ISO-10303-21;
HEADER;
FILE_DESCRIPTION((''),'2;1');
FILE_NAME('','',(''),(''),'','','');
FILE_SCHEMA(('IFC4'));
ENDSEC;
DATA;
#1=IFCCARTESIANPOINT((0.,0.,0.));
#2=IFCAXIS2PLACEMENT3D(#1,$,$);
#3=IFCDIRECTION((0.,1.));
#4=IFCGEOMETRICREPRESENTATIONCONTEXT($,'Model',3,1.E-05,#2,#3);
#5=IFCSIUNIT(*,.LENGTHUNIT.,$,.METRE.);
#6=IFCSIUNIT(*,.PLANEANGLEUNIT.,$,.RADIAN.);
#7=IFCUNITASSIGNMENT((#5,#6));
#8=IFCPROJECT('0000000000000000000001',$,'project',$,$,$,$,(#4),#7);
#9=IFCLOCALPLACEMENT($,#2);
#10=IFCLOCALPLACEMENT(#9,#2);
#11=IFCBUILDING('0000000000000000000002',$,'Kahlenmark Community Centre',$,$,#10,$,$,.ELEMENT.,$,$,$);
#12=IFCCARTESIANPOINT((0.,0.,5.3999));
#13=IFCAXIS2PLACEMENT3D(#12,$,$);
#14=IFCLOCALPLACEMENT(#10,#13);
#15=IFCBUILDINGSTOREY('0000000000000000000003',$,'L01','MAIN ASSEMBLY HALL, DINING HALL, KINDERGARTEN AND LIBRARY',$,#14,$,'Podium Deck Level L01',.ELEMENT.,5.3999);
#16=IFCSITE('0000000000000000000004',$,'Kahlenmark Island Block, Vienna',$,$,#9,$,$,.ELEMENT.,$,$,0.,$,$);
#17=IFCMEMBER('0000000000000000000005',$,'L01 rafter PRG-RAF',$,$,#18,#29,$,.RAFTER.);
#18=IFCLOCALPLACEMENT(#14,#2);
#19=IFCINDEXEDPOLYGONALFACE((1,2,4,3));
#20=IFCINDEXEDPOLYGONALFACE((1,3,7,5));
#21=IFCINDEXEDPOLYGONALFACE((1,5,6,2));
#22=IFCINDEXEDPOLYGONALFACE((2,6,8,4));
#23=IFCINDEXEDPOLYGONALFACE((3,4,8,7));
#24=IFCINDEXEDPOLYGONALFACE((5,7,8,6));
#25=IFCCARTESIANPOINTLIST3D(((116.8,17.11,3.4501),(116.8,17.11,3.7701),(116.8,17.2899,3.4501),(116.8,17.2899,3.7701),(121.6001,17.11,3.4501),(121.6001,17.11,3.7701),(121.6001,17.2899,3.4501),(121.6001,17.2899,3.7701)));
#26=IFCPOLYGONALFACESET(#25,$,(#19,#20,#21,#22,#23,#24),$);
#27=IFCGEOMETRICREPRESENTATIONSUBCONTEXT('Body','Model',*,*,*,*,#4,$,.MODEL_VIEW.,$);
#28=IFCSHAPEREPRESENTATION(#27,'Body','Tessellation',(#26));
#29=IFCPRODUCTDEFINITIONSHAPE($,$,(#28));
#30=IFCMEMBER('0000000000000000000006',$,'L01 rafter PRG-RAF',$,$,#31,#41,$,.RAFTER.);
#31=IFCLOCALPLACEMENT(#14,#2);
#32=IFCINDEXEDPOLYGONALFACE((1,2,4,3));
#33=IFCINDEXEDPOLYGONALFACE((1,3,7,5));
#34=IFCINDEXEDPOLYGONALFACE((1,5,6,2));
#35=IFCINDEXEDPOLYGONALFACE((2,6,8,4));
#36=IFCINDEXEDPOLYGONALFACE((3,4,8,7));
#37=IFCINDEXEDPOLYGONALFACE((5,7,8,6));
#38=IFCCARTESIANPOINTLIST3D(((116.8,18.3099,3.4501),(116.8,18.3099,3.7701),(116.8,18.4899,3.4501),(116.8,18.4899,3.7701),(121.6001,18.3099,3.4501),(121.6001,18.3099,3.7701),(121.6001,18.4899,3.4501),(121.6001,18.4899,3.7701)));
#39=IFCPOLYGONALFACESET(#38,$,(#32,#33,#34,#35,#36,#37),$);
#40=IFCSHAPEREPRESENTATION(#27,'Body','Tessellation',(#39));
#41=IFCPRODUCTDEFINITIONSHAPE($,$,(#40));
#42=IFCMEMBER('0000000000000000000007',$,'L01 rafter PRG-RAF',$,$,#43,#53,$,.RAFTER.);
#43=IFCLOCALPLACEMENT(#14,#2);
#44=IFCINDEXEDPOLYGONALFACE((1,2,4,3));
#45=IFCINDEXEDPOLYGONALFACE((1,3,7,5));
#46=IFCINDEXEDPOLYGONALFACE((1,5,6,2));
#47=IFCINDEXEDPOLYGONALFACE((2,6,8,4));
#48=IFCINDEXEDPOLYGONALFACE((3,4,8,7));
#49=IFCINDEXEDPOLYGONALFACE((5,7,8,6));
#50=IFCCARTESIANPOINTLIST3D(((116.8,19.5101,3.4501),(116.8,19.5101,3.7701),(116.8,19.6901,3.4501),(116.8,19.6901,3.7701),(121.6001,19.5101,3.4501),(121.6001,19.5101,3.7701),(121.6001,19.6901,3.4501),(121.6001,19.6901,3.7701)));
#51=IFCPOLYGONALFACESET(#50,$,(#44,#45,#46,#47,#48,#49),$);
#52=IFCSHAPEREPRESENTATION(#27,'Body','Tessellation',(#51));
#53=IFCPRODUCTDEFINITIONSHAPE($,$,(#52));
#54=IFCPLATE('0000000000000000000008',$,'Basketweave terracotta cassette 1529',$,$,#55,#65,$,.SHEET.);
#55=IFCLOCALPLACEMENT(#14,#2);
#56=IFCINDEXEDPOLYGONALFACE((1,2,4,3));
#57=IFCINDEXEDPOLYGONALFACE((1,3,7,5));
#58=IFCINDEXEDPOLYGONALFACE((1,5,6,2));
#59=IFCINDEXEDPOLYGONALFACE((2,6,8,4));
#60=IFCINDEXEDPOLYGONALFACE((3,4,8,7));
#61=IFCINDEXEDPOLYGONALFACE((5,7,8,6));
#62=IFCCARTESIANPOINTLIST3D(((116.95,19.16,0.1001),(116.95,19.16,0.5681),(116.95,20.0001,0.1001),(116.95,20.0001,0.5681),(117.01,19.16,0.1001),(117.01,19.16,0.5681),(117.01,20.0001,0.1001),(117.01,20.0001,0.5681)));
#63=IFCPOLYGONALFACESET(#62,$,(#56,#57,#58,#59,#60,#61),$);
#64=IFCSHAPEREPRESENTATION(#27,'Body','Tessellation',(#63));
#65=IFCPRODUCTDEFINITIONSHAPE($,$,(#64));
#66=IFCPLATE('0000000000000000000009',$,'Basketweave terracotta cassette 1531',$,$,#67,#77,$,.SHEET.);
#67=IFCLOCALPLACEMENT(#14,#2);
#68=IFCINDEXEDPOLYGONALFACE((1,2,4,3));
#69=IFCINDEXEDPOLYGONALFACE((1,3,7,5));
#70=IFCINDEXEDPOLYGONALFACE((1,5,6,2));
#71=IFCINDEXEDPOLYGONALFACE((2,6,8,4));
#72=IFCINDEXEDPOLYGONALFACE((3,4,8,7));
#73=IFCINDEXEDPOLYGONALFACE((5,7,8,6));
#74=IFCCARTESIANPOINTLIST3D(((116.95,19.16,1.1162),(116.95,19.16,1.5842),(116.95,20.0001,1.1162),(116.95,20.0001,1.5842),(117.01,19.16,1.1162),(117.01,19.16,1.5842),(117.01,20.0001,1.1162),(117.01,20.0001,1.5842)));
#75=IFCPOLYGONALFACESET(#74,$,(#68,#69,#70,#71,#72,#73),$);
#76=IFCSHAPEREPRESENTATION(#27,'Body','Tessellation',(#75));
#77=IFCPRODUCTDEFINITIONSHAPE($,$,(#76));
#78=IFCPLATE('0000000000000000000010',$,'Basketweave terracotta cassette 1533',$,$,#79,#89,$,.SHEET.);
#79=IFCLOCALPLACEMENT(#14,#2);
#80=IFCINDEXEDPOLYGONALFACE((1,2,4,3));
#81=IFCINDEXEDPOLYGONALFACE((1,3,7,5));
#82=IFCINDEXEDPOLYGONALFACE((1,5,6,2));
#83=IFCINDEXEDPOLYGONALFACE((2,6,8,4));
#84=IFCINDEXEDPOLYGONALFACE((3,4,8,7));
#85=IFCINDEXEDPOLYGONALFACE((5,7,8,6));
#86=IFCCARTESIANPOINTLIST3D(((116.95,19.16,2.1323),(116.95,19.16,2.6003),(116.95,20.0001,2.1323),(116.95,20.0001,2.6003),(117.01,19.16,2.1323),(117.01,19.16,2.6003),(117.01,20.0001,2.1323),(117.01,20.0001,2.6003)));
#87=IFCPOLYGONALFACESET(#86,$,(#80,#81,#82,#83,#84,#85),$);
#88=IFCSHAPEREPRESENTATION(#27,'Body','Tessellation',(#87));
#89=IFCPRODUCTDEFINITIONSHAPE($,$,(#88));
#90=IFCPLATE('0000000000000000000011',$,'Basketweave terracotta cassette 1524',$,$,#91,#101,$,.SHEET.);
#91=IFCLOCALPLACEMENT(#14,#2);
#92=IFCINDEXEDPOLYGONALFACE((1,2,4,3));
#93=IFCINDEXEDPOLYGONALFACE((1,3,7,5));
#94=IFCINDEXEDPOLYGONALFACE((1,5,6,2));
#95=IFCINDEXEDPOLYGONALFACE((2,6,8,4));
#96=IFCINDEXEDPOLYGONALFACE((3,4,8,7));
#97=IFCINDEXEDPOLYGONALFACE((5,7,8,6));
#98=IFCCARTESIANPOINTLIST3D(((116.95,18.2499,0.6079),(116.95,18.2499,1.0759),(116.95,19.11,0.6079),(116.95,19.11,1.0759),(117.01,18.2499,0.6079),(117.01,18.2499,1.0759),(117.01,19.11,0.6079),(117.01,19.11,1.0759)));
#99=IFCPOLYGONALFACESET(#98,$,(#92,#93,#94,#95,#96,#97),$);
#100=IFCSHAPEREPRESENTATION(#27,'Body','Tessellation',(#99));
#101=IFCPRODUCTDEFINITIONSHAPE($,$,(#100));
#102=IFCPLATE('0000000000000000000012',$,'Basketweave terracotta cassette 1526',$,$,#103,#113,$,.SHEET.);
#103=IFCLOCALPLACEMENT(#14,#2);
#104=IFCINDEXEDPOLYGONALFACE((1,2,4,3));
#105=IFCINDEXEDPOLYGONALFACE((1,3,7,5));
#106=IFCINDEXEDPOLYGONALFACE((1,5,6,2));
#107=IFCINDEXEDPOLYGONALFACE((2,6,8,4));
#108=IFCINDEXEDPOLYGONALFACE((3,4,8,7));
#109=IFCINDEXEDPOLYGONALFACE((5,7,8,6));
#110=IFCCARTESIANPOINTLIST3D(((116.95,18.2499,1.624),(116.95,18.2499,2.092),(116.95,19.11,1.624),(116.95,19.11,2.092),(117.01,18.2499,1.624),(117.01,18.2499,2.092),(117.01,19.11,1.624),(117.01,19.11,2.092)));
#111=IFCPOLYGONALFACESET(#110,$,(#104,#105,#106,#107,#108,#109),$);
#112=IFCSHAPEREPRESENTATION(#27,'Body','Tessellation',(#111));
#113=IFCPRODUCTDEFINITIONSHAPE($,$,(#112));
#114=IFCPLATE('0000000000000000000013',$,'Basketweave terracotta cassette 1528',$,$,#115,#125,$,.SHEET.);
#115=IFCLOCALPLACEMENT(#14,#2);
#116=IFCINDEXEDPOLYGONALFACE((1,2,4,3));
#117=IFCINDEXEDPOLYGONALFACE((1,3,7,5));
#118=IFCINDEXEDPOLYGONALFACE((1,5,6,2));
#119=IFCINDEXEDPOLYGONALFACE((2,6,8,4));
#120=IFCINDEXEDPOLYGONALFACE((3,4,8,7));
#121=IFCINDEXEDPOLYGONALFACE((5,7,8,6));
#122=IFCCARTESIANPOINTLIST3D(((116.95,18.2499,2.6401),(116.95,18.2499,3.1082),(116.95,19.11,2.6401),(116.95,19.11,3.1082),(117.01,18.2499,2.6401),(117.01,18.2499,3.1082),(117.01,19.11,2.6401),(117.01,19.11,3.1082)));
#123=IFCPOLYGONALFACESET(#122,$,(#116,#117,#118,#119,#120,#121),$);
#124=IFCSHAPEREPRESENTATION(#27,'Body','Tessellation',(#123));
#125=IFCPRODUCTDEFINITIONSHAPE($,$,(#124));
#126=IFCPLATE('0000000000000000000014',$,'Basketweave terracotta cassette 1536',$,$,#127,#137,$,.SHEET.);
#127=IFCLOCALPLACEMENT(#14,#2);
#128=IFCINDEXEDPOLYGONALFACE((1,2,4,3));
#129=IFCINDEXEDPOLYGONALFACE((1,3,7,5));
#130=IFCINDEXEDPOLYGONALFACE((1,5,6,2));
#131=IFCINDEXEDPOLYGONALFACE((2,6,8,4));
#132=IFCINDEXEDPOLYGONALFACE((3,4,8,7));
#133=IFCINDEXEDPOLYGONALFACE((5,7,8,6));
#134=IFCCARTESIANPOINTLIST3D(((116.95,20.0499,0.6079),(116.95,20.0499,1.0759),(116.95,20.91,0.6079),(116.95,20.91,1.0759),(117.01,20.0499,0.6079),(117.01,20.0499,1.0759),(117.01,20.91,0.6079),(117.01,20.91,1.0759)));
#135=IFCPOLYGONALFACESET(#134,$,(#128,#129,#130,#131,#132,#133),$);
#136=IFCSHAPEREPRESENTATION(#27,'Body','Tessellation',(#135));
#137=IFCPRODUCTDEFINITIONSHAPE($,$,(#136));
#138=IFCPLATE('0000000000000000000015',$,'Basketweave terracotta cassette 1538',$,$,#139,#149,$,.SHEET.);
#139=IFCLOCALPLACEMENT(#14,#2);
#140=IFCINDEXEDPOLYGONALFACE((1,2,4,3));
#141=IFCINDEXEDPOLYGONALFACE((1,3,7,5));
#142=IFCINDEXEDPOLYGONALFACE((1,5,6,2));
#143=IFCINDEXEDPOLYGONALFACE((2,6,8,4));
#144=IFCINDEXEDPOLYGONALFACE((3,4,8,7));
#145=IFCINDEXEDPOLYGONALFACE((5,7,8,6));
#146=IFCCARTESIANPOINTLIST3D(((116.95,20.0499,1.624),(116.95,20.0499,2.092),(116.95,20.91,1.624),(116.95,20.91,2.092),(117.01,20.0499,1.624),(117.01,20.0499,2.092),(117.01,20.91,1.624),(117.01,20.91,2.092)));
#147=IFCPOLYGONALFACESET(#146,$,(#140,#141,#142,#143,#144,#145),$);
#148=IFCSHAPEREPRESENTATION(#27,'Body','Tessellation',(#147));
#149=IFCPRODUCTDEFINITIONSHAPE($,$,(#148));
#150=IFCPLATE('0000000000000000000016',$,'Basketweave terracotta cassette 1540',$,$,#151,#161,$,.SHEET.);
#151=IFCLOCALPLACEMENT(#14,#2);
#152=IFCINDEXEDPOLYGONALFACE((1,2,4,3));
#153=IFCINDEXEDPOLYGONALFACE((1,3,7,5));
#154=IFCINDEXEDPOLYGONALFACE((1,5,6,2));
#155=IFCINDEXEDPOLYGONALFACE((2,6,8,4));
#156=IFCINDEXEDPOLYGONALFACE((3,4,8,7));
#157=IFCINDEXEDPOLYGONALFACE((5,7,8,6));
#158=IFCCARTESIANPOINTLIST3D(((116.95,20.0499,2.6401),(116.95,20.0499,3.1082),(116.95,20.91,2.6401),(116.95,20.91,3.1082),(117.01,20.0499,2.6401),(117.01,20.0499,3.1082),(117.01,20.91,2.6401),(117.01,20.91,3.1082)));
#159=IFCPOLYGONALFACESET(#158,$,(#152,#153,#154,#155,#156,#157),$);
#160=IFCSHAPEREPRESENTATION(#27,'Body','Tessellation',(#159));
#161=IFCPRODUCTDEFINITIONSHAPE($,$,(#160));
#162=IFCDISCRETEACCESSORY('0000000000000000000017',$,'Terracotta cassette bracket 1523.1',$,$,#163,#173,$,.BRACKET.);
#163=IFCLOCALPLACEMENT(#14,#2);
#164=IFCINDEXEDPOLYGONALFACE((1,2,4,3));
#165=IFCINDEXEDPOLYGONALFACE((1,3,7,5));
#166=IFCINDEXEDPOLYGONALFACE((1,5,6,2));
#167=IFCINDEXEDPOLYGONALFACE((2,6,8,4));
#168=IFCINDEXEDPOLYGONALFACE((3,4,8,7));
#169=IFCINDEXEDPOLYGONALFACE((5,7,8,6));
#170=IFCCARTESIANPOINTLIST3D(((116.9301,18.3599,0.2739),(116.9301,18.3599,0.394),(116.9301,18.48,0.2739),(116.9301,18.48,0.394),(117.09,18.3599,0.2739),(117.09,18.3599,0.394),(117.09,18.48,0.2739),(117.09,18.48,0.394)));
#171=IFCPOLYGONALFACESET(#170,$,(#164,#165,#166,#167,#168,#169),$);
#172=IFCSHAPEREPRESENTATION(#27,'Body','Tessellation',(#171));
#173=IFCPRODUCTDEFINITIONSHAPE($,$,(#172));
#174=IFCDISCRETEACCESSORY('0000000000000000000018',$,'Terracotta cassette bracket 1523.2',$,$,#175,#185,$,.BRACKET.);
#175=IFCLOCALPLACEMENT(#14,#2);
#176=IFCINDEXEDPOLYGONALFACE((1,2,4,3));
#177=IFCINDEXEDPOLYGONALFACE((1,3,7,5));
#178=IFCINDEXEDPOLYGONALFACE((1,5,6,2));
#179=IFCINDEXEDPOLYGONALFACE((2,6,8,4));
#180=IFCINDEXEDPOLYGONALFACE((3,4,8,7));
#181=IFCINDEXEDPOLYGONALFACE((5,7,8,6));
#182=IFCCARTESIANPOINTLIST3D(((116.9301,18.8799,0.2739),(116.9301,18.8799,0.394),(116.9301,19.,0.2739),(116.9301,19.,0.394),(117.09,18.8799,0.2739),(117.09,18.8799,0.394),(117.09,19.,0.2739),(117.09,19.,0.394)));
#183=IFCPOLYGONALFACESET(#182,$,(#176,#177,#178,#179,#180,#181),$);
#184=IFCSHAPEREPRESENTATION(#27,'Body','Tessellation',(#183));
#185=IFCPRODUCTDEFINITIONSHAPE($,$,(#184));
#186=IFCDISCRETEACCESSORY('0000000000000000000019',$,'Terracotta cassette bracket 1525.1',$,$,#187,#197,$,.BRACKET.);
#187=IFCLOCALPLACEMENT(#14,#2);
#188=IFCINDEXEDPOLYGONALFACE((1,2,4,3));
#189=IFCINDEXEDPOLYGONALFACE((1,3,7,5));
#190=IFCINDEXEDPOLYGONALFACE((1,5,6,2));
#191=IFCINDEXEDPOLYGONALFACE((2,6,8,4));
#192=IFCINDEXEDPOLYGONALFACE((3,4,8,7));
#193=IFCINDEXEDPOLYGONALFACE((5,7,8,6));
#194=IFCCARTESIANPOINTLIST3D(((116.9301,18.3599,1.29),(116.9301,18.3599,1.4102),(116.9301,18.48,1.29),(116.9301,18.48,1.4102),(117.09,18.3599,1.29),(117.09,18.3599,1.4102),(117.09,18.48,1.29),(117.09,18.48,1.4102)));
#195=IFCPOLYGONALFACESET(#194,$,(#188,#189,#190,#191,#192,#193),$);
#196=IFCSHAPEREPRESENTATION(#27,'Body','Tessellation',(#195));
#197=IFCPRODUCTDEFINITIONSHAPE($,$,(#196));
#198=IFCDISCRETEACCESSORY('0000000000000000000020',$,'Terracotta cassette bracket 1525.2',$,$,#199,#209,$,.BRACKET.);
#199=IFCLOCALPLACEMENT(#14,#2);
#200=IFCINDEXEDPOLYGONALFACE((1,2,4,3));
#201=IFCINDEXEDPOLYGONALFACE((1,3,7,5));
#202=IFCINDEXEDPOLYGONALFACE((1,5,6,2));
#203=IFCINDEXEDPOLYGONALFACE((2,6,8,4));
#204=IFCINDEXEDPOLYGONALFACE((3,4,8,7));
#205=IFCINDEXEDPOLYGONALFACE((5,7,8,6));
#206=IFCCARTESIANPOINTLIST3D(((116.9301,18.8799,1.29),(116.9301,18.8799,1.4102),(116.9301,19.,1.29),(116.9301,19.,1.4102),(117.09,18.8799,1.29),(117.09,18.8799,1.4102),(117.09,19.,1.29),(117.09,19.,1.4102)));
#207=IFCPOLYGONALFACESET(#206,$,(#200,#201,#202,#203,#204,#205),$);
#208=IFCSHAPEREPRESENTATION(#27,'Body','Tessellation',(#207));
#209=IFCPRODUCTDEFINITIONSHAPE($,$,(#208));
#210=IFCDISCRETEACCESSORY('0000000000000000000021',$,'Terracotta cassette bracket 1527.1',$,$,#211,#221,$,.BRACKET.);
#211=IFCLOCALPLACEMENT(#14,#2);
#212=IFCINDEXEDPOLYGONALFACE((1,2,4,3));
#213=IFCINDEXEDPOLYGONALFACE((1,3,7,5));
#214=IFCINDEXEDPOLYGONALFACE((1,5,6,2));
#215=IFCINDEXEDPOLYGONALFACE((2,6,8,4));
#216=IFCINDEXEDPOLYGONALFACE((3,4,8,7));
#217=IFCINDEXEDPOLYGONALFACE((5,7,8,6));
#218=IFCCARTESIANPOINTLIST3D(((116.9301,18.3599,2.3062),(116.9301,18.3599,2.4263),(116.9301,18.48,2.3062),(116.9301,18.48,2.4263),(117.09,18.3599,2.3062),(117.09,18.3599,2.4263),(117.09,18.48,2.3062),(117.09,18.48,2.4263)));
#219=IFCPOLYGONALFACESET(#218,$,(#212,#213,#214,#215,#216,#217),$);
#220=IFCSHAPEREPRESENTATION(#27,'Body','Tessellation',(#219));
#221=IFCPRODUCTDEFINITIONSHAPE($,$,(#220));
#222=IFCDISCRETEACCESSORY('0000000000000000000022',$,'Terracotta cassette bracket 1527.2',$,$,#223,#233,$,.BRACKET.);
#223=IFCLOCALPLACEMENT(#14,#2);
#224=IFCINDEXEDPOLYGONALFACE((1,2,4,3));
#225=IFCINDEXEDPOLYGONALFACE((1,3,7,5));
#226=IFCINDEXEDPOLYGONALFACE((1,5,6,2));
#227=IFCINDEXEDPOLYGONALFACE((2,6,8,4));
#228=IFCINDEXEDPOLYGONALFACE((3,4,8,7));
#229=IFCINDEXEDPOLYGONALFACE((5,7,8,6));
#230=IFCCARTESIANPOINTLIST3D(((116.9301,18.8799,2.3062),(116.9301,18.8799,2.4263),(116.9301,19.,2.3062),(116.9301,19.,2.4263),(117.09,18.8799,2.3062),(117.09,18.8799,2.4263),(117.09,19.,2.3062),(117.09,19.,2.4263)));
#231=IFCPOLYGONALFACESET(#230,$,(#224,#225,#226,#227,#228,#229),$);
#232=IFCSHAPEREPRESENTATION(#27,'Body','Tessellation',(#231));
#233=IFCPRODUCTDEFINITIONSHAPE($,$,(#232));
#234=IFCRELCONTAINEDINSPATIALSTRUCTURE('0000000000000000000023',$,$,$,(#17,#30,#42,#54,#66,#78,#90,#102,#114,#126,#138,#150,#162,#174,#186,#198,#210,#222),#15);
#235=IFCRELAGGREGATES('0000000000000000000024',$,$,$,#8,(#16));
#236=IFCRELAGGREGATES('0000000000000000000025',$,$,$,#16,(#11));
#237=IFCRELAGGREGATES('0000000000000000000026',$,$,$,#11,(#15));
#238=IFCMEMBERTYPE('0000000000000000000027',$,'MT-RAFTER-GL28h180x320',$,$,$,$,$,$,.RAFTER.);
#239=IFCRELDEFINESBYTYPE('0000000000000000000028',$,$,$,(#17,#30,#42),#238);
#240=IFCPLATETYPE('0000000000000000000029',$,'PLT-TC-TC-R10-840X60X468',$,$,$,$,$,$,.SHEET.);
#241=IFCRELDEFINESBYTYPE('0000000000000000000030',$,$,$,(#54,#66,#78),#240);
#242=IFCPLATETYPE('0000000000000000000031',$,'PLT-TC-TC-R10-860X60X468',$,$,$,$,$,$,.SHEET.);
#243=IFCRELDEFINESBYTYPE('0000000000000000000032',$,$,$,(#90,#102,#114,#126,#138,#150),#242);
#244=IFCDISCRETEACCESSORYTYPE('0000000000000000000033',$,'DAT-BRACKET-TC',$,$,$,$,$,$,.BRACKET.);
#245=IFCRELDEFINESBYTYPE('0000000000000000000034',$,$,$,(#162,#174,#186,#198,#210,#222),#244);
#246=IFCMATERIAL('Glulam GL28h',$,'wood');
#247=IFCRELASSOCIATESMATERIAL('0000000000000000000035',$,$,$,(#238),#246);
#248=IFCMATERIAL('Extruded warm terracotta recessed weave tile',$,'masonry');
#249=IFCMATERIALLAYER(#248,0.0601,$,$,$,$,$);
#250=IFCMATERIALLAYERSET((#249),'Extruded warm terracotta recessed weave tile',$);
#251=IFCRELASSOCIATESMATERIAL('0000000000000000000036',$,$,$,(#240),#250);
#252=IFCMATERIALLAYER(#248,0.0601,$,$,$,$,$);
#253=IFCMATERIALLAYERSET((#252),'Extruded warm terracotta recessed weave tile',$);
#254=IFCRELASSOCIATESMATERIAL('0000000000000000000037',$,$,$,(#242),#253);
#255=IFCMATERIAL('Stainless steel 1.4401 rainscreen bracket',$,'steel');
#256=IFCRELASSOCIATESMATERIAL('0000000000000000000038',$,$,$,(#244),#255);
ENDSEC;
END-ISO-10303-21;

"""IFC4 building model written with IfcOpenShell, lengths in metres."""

from ifc_helpers import new_model, si_unit, direction, frame, origin, origin_2d, place, context, subcontext, project, spatial, rectangle, extrude, material, layer, layer_set, material_profile, profile_set, type_object, element, save


model = new_model("IFC4")

# Units and contexts
model_context = context("Model", 3, precision=1e-05, world=origin(), true_north=direction((0.0, 1.0)))
body_context = subcontext(model_context, "Body", "Model", "MODEL_VIEW")
ifc_project = project(units=[si_unit("LENGTHUNIT", "METRE"), si_unit("PLANEANGLEUNIT", "RADIAN")], contexts=[model_context])

# Site, building, storey
site_placement = place(None, origin())
site = spatial("IfcSite", under=ifc_project, at=site_placement, Name="Kahlenmark Island Block, Vienna", CompositionType="ELEMENT", RefElevation=0.0)
building_placement = place(site_placement, origin())
building = spatial("IfcBuilding", under=site, at=building_placement, Name="Kahlenmark Community Centre", CompositionType="ELEMENT")
storey_placement = place(building_placement, frame((0.0, 0.0, 5.3999)))
storey = spatial("IfcBuildingStorey", under=building, at=storey_placement, Name="L01", Description="MAIN ASSEMBLY HALL, DINING HALL, KINDERGARTEN AND LIBRARY", LongName="Podium Deck Level L01", CompositionType="ELEMENT", Elevation=5.3999)

# Members
ifc_material_1 = material(Name="Glulam GL28h", Category="wood")
ifc_material_profile = material_profile(ifc_material_1, rectangle(XDim=0.1799, YDim=0.3201, at=origin_2d()), Name="GL28h 180x320")
ifc_profile_set = profile_set([ifc_material_profile], Name="Glulam GL28h")
member_type = type_object("IfcMemberType", Name="MT-RAFTER-GL28h180x320", PredefinedType="RAFTER", material=ifc_profile_set)
for number, where, z_axis, x_axis, name in (
    (1, (116.8, 17.2, 3.6101), (1.0, 0.0, 0.0), (0.0, 1.0, 0.0), "L01 rafter PRG-RAF"),
    (2, (116.8, 18.3999, 3.6101), (1.0, 0.0, 0.0), (0.0, 1.0, 0.0), "L01 rafter PRG-RAF"),
    (3, (116.8, 19.6001, 3.6101), (1.0, 0.0, 0.0), (0.0, 1.0, 0.0), "L01 rafter PRG-RAF"),
):
    element("IfcMember", number, at=place(storey_placement, frame(where, z_axis=z_axis, x_axis=x_axis)), inside=storey, type_object=member_type, Name=name, PredefinedType="RAFTER", context=body_context, shape_type="SweptSolid", body=[
        extrude(rectangle(XDim=0.1799, YDim=0.3201, at=origin_2d()), origin(), (0.0, 0.0, 1.0), 4.8),
    ])

# Plates
ifc_material_2 = material(Name="Extruded warm terracotta recessed weave tile", Category="masonry")
ifc_layer_1 = layer(ifc_material_2, 0.0601)
ifc_layer_set_1 = layer_set([ifc_layer_1], Name="Extruded warm terracotta recessed weave tile")
plate_type_1 = type_object("IfcPlateType", Name="PLT-TC-TC-R10-840X60X468", PredefinedType="SHEET", material=ifc_layer_set_1)
for number, where, z_axis, x_axis, name in (
    (4, (116.98, 19.5801, 0.1001), (0.0, 0.0, 1.0), (0.0, 1.0, 0.0), "Basketweave terracotta cassette 1529"),
    (5, (116.98, 19.5801, 1.1162), (0.0, 0.0, 1.0), (0.0, 1.0, 0.0), "Basketweave terracotta cassette 1531"),
    (6, (116.98, 19.5801, 2.1323), (0.0, 0.0, 1.0), (0.0, 1.0, 0.0), "Basketweave terracotta cassette 1533"),
):
    element("IfcPlate", number, at=place(storey_placement, frame(where, z_axis=z_axis, x_axis=x_axis)), inside=storey, type_object=plate_type_1, Name=name, PredefinedType="SHEET", context=body_context, shape_type="SweptSolid", body=[
        extrude(rectangle(XDim=0.8401, YDim=0.0601, at=origin_2d()), origin(), (0.0, 0.0, 1.0), 0.468),
    ])
ifc_layer_2 = layer(ifc_material_2, 0.0601)
ifc_layer_set_2 = layer_set([ifc_layer_2], Name="Extruded warm terracotta recessed weave tile")
plate_type_2 = type_object("IfcPlateType", Name="PLT-TC-TC-R10-860X60X468", PredefinedType="SHEET", material=ifc_layer_set_2)
for number, where, z_axis, x_axis, name in (
    (7, (116.98, 18.6799, 0.6079), (0.0, 0.0, 1.0), (0.0, 1.0, 0.0), "Basketweave terracotta cassette 1524"),
    (8, (116.98, 18.6799, 1.624), (0.0, 0.0, 1.0), (0.0, 1.0, 0.0), "Basketweave terracotta cassette 1526"),
    (9, (116.98, 18.6799, 2.6401), (0.0, 0.0, 1.0), (0.0, 1.0, 0.0), "Basketweave terracotta cassette 1528"),
    (10, (116.98, 20.48, 0.6079), (0.0, 0.0, 1.0), (0.0, 1.0, 0.0), "Basketweave terracotta cassette 1536"),
    (11, (116.98, 20.48, 1.624), (0.0, 0.0, 1.0), (0.0, 1.0, 0.0), "Basketweave terracotta cassette 1538"),
    (12, (116.98, 20.48, 2.6401), (0.0, 0.0, 1.0), (0.0, 1.0, 0.0), "Basketweave terracotta cassette 1540"),
):
    element("IfcPlate", number, at=place(storey_placement, frame(where, z_axis=z_axis, x_axis=x_axis)), inside=storey, type_object=plate_type_2, Name=name, PredefinedType="SHEET", context=body_context, shape_type="SweptSolid", body=[
        extrude(rectangle(XDim=0.8601, YDim=0.0601, at=origin_2d()), origin(), (0.0, 0.0, 1.0), 0.468),
    ])

# Discrete accessories
ifc_material_3 = material(Name="Stainless steel 1.4401 rainscreen bracket", Category="steel")
discrete_accessory_type = type_object("IfcDiscreteAccessoryType", Name="DAT-BRACKET-TC", PredefinedType="BRACKET", material=ifc_material_3)
for number, where, z_axis, x_axis, name in (
    (13, (117.01, 18.4199, 0.2739), (0.0, 0.0, 1.0), (0.0, 1.0, 0.0), "Terracotta cassette bracket 1523.1"),
    (14, (117.01, 18.9399, 0.2739), (0.0, 0.0, 1.0), (0.0, 1.0, 0.0), "Terracotta cassette bracket 1523.2"),
    (15, (117.01, 18.4199, 1.29), (0.0, 0.0, 1.0), (0.0, 1.0, 0.0), "Terracotta cassette bracket 1525.1"),
    (16, (117.01, 18.9399, 1.29), (0.0, 0.0, 1.0), (0.0, 1.0, 0.0), "Terracotta cassette bracket 1525.2"),
    (17, (117.01, 18.4199, 2.3062), (0.0, 0.0, 1.0), (0.0, 1.0, 0.0), "Terracotta cassette bracket 1527.1"),
    (18, (117.01, 18.9399, 2.3062), (0.0, 0.0, 1.0), (0.0, 1.0, 0.0), "Terracotta cassette bracket 1527.2"),
):
    element("IfcDiscreteAccessory", number, at=place(storey_placement, frame(where, z_axis=z_axis, x_axis=x_axis)), inside=storey, type_object=discrete_accessory_type, Name=name, PredefinedType="BRACKET", context=body_context, shape_type="SweptSolid", body=[
        extrude(rectangle(XDim=0.1201, YDim=0.1599, at=origin_2d()), origin(), (0.0, 0.0, 1.0), 0.1201),
    ])

save(model, "model.ifc")
